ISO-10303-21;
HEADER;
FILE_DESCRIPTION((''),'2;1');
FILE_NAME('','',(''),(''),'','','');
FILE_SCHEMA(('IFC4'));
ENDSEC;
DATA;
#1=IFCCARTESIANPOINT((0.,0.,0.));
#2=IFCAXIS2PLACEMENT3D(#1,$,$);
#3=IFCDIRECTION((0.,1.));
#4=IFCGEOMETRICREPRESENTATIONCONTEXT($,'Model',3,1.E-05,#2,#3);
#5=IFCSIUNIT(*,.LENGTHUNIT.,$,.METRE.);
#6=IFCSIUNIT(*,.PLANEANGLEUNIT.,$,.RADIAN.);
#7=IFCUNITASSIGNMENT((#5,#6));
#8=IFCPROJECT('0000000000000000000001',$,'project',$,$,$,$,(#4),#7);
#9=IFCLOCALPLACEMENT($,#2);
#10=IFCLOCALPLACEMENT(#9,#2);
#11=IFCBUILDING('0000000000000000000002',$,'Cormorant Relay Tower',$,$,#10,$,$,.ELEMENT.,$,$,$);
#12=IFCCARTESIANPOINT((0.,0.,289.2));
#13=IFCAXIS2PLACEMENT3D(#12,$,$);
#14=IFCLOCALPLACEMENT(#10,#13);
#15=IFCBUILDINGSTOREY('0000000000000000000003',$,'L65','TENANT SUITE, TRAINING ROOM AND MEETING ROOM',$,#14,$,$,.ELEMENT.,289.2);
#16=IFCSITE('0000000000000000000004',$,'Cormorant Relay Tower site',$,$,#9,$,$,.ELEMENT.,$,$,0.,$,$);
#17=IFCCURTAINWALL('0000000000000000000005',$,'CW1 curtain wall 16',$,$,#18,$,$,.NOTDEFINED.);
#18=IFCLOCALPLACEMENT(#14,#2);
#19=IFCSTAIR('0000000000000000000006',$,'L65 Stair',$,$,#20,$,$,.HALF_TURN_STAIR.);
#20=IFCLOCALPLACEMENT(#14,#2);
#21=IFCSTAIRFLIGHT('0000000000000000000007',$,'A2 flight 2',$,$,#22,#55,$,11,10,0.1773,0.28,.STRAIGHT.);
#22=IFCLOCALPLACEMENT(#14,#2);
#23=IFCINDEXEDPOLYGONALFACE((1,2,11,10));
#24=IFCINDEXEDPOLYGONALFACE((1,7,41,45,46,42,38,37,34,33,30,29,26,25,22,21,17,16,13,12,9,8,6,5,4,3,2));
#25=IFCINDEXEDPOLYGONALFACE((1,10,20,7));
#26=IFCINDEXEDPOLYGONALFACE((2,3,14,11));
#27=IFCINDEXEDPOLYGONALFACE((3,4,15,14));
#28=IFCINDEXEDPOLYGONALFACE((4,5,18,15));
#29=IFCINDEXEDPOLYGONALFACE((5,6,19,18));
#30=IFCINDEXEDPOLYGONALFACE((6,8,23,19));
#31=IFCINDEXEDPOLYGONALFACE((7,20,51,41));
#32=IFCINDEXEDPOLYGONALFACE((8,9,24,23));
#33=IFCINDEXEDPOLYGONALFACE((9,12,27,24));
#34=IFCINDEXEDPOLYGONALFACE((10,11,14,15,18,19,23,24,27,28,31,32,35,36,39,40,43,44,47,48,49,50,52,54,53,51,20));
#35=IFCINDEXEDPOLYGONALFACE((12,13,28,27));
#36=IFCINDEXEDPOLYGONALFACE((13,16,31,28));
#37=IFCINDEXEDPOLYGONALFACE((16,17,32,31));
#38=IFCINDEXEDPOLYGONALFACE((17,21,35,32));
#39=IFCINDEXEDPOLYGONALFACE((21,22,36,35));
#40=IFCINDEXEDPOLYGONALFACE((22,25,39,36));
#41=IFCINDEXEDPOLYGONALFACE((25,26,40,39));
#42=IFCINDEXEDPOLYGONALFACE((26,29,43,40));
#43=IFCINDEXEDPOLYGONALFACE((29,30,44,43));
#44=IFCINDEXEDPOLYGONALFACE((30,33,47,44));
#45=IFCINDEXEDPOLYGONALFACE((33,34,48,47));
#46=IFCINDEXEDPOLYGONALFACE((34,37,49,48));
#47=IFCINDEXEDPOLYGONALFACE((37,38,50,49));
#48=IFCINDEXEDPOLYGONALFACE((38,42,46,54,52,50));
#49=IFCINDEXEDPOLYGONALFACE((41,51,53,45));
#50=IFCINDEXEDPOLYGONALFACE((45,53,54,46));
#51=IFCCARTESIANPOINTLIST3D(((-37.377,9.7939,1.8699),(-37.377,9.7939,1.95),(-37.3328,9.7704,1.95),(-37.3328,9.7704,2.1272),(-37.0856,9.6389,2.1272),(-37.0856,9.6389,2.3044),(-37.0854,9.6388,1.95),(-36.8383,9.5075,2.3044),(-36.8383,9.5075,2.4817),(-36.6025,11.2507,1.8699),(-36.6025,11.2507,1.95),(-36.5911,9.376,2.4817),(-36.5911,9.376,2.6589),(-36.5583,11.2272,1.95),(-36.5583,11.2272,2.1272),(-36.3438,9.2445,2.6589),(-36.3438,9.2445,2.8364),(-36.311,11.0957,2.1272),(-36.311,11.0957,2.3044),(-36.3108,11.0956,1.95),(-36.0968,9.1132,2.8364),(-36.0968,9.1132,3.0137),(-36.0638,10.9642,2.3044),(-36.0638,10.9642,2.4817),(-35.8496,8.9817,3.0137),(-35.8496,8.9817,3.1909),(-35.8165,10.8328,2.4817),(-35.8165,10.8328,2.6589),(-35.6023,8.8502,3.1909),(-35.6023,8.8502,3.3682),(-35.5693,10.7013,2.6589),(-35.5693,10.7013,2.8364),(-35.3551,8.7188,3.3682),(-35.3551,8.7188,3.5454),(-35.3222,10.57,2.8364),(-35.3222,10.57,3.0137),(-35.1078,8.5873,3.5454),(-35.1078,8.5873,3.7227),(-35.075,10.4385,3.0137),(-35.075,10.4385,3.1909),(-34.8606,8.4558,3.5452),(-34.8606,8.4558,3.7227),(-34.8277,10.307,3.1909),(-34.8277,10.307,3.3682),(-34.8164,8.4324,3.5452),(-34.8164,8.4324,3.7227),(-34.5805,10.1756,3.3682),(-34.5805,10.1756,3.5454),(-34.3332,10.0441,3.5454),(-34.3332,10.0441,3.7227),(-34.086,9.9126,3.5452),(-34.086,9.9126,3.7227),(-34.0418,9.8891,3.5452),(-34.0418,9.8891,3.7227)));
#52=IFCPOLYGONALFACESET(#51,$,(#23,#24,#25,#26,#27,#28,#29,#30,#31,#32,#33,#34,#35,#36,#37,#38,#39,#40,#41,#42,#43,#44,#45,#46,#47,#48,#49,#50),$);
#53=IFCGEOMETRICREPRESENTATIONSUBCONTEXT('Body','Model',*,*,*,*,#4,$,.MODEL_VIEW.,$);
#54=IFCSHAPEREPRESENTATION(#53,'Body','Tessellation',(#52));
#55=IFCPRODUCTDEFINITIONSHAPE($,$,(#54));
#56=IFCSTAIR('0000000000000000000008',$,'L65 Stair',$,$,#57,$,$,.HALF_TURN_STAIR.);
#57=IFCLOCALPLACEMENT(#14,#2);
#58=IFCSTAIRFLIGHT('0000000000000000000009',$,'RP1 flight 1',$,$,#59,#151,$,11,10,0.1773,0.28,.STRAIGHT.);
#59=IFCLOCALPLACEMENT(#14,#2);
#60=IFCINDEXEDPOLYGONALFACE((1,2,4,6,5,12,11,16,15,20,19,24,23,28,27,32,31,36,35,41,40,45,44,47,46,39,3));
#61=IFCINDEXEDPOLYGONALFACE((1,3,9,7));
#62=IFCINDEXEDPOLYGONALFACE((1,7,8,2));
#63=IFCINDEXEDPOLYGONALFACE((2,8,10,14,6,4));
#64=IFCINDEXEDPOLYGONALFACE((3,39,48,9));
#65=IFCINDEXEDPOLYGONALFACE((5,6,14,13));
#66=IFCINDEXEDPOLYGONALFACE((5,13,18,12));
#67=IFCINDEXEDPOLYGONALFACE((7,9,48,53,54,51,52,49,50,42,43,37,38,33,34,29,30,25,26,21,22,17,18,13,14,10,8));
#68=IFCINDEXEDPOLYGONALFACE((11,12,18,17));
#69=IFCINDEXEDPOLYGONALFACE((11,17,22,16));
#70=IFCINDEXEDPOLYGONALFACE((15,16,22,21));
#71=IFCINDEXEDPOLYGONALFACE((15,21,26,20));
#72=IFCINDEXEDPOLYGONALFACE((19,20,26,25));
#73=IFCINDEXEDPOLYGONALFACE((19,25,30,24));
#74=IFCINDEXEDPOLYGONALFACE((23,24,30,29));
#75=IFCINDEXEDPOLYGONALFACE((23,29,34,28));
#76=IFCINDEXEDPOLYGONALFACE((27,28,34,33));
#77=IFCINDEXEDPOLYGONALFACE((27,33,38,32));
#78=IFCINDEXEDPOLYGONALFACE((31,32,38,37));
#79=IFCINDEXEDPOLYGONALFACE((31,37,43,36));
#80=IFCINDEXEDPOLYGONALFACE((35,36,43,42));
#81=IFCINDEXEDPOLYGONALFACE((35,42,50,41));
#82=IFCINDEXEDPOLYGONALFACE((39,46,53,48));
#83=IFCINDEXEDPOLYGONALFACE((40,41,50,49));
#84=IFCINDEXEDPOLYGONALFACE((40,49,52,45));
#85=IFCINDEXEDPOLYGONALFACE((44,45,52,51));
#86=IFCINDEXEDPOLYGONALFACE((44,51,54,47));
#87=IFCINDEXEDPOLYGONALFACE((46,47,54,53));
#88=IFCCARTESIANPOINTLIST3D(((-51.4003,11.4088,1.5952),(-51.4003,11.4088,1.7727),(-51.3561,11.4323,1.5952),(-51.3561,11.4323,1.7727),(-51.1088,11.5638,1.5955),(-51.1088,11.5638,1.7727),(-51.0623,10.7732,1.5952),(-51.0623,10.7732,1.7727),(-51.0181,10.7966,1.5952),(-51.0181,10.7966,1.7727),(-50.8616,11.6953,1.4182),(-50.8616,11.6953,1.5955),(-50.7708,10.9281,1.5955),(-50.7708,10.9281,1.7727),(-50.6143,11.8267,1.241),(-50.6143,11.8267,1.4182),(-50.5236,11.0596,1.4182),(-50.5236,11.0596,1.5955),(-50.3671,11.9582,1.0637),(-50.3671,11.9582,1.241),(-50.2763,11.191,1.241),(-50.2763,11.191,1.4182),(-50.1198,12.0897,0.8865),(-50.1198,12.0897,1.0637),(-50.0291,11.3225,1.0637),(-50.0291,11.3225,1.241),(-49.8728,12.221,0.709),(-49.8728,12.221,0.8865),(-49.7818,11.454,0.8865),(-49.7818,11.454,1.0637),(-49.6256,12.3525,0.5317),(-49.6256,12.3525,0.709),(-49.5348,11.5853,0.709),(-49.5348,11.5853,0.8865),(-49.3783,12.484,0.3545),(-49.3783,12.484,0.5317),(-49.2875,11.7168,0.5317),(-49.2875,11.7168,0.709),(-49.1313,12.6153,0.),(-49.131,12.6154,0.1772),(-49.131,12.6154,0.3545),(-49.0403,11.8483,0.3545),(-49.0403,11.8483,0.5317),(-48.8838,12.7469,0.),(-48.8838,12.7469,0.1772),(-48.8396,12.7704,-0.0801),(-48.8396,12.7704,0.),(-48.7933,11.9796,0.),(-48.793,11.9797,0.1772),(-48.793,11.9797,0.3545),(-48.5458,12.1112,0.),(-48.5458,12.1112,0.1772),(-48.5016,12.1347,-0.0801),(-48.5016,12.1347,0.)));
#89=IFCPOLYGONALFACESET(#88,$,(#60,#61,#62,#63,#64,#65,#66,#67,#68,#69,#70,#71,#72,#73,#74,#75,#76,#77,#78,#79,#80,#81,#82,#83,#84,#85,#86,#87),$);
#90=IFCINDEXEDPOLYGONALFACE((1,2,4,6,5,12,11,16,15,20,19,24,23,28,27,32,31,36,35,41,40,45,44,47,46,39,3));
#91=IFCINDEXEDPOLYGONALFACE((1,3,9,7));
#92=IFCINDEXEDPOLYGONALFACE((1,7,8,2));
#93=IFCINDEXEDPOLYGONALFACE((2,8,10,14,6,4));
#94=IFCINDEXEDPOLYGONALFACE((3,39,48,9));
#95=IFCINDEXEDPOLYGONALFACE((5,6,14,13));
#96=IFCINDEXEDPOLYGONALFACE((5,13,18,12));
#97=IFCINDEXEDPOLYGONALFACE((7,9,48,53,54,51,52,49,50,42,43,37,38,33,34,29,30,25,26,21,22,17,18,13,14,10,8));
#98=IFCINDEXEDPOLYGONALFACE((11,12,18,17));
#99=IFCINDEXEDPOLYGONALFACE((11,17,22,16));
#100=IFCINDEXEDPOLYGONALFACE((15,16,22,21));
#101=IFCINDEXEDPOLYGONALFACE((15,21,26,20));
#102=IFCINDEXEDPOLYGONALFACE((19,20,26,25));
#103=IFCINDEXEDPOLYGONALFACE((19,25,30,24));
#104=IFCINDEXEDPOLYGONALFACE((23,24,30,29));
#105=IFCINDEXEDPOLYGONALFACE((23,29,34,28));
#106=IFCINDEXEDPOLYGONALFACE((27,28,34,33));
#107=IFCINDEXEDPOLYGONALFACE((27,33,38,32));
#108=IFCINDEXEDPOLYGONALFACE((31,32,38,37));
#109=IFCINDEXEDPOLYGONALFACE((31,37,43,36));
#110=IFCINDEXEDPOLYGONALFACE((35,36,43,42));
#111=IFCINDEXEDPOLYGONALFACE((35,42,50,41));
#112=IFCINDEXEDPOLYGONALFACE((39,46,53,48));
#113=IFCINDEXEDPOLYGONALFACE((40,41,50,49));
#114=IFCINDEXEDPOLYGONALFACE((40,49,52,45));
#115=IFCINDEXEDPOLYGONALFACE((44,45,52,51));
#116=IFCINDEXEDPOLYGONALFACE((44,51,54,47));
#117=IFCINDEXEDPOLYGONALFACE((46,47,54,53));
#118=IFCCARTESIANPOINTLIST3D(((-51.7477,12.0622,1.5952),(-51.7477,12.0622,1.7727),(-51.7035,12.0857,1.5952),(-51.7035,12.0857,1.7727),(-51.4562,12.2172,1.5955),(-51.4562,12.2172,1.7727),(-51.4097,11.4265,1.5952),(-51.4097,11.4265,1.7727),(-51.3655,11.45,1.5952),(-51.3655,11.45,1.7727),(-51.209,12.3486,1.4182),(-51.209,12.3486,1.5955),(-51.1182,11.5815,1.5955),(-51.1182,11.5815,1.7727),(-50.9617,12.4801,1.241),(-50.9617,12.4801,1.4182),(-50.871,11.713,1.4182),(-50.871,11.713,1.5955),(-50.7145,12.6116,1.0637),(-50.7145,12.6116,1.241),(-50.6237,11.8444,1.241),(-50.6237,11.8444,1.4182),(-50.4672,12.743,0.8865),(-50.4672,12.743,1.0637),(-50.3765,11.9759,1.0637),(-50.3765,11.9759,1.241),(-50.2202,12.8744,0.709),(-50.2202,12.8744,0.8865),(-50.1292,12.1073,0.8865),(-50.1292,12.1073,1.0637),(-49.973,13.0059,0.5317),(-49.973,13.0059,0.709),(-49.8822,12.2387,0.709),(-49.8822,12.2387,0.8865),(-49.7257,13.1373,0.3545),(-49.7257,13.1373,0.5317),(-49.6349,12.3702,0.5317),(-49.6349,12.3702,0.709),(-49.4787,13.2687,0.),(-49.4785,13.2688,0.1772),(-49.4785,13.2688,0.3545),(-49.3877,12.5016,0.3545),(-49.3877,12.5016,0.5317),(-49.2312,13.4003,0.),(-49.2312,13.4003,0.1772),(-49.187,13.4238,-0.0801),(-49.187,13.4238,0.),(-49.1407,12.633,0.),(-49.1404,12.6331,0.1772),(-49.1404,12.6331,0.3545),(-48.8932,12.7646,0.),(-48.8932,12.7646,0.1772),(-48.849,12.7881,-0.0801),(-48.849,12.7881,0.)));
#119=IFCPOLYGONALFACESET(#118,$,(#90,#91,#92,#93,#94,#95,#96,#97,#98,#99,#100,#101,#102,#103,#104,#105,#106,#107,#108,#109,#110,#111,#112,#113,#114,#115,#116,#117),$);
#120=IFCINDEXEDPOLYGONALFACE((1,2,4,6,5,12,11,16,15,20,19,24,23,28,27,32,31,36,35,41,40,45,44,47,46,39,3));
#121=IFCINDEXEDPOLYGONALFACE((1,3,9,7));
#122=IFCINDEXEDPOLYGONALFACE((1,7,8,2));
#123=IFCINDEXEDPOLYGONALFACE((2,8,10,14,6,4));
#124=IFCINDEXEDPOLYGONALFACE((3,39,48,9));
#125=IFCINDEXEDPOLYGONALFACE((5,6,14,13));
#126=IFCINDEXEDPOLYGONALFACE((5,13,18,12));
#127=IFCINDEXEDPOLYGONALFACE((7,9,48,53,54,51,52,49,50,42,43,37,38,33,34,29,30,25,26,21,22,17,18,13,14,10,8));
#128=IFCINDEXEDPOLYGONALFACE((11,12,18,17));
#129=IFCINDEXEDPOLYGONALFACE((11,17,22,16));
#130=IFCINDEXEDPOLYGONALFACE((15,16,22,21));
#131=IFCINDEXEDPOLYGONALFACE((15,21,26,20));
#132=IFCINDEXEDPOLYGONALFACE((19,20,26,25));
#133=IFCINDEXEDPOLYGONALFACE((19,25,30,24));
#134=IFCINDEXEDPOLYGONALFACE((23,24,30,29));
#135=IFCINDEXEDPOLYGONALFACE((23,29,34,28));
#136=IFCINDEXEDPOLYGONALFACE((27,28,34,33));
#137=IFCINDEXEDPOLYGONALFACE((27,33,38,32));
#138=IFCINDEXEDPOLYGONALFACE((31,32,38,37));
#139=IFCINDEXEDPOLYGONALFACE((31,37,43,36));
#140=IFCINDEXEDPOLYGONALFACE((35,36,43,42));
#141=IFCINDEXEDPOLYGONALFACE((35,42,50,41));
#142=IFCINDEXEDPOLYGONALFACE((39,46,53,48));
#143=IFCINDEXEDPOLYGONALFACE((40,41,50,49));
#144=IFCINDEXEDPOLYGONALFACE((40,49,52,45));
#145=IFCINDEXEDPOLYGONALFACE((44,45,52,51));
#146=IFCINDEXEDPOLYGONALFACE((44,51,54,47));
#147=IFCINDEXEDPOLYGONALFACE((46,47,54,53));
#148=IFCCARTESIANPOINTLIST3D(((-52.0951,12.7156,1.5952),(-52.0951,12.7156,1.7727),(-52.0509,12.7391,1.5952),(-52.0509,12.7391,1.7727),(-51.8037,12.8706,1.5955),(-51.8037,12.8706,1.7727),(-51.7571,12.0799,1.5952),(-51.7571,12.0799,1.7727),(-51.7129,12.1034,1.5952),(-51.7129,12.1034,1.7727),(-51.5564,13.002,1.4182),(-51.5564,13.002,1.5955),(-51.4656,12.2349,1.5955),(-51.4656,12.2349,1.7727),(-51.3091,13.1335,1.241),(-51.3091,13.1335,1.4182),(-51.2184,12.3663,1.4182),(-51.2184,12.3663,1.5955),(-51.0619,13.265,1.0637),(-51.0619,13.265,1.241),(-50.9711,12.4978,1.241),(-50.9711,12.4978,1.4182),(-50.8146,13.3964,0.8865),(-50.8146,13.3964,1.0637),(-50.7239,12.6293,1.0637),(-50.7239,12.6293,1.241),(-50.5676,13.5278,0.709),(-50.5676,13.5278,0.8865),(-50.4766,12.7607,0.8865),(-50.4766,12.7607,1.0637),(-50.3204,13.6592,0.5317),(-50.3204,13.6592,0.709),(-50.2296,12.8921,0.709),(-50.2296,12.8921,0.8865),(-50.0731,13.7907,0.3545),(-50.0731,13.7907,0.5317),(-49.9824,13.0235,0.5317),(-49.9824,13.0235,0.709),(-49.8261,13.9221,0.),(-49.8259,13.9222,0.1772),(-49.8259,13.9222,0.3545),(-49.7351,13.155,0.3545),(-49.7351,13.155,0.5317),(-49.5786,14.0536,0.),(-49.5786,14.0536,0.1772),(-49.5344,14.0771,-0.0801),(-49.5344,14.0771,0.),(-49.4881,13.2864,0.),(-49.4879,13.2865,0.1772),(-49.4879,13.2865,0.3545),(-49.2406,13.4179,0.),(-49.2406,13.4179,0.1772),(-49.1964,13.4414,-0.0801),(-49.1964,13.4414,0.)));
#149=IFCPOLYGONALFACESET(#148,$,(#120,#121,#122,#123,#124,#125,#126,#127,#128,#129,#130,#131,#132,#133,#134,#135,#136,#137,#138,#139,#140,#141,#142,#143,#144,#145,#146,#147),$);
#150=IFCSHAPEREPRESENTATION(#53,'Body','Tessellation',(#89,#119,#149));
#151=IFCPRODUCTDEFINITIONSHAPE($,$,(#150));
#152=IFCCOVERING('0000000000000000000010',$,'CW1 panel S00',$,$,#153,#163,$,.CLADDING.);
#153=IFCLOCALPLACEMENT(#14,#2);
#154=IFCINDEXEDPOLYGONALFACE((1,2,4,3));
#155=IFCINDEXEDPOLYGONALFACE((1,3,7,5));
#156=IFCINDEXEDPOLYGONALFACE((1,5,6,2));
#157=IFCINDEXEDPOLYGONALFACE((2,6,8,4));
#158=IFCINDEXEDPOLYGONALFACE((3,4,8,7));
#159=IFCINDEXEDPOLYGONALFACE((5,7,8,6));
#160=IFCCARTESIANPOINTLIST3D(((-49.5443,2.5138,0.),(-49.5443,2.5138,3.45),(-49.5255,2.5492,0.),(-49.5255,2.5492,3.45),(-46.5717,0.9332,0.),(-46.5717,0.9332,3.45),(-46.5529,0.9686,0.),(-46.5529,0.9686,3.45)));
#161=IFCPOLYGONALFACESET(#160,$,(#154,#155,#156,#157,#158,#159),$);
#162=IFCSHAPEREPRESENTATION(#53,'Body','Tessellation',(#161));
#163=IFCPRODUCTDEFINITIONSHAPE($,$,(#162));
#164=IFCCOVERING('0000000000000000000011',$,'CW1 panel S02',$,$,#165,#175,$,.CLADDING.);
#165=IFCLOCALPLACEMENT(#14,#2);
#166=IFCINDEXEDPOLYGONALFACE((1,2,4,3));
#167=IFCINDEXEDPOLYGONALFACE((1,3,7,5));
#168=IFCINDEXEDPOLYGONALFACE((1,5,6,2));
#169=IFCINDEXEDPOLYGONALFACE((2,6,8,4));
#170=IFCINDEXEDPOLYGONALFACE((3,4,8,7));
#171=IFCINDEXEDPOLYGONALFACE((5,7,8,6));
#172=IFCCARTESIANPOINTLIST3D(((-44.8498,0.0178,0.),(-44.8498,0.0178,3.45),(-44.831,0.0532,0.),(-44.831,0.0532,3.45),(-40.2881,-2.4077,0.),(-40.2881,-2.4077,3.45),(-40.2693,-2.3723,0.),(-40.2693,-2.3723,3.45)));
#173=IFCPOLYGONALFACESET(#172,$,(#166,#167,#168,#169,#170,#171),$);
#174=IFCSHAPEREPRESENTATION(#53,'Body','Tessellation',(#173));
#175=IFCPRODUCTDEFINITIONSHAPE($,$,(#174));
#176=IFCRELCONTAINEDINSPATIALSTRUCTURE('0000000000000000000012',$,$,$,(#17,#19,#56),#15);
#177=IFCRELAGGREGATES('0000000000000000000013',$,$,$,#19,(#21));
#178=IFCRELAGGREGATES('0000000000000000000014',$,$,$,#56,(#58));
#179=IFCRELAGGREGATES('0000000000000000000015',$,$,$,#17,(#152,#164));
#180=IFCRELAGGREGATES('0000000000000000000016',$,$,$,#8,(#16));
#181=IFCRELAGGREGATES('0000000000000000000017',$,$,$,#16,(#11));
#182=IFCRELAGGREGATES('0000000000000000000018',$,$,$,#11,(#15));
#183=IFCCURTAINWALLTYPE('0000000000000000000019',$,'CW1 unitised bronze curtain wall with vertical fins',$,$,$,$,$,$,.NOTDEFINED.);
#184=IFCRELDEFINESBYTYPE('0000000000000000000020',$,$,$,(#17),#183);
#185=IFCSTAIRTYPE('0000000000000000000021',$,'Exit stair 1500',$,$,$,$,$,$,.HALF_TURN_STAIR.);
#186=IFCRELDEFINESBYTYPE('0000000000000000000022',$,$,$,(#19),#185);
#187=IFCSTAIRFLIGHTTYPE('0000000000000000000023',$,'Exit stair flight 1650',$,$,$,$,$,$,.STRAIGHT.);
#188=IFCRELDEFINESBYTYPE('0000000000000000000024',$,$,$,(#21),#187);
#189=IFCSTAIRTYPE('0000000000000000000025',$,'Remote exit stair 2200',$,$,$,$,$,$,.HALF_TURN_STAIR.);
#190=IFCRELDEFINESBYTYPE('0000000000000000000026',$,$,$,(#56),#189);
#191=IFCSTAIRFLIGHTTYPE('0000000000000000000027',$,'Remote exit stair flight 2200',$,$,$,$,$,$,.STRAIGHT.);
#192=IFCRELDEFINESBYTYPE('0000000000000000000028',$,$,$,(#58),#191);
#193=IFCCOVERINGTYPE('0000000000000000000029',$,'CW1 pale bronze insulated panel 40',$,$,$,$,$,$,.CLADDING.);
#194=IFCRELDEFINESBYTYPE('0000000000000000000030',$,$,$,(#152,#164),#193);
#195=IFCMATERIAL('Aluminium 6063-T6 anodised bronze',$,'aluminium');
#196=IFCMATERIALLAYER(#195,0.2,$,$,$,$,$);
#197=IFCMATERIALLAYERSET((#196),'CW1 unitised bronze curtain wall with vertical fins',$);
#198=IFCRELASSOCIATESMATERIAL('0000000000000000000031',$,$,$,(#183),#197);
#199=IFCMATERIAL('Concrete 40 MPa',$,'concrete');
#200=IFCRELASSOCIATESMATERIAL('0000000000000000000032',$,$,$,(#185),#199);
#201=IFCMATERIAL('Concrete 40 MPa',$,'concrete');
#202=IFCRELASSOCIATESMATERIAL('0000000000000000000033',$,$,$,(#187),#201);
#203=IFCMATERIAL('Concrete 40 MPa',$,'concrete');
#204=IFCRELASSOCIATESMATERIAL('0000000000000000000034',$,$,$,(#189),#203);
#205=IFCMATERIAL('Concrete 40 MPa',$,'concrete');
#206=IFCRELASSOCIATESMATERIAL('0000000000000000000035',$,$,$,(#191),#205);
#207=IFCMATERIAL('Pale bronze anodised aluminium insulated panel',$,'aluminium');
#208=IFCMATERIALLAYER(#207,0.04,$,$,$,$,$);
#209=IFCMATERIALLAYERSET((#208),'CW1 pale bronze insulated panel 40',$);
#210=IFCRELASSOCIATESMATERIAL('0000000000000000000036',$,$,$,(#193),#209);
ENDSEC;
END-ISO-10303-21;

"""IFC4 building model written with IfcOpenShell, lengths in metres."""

from ifc_helpers import new_model, si_unit, direction, frame, origin, origin_2d, place, context, subcontext, project, spatial, polyline, rectangle, outline, extrude, material, layer, layer_set, type_object, element, aggregate, save


model = new_model("IFC4")

# Units and contexts
model_context = context("Model", 3, precision=1e-05, world=origin(), true_north=direction((0.0, 1.0)))
body_context = subcontext(model_context, "Body", "Model", "MODEL_VIEW")
ifc_project = project(units=[si_unit("LENGTHUNIT", "METRE"), si_unit("PLANEANGLEUNIT", "RADIAN")], contexts=[model_context])

# Site, building, storey
site_placement = place(None, origin())
site = spatial("IfcSite", under=ifc_project, at=site_placement, Name="Cormorant Relay Tower site", CompositionType="ELEMENT", RefElevation=0.0)
building_placement = place(site_placement, origin())
building = spatial("IfcBuilding", under=site, at=building_placement, Name="Cormorant Relay Tower", CompositionType="ELEMENT")
storey_placement = place(building_placement, frame((0.0, 0.0, 289.2)))
storey = spatial("IfcBuildingStorey", under=building, at=storey_placement, Name="L65", Description="TENANT SUITE, TRAINING ROOM AND MEETING ROOM", CompositionType="ELEMENT", Elevation=289.2)

# Curtain wall
ifc_material_1 = material(Name="Aluminium 6063-T6 anodised bronze", Category="aluminium")
ifc_layer_1 = layer(ifc_material_1, 0.2)
ifc_layer_set_1 = layer_set([ifc_layer_1], Name="CW1 unitised bronze curtain wall with vertical fins")
curtain_wall_type = type_object("IfcCurtainWallType", Name="CW1 unitised bronze curtain wall with vertical fins", PredefinedType="NOTDEFINED", material=ifc_layer_set_1)
curtain_wall_placement = place(storey_placement, origin())
curtain_wall = element("IfcCurtainWall", 1, at=curtain_wall_placement, inside=storey, type_object=curtain_wall_type, Name="CW1 curtain wall 16", PredefinedType="NOTDEFINED")

# Stairs, stair flights
ifc_material_2 = material(Name="Concrete 40 MPa", Category="concrete")
stair_type_1 = type_object("IfcStairType", Name="Exit stair 1500", PredefinedType="HALF_TURN_STAIR", material=ifc_material_2)
stair_1_placement = place(storey_placement, origin())
stair_1 = element("IfcStair", 2, at=stair_1_placement, inside=storey, type_object=stair_type_1, Name="L65 Stair", PredefinedType="HALF_TURN_STAIR")
ifc_material_3 = material(Name="Concrete 40 MPa", Category="concrete")
stair_flight_type_1 = type_object("IfcStairFlightType", Name="Exit stair flight 1650", PredefinedType="STRAIGHT", material=ifc_material_3)
stair_flight_1_placement = place(storey_placement, frame((-36.9456, 10.4988, 1.95), z_axis=(0.0, 0.0, 1.0), x_axis=(0.882948, -0.469472, 0.0)))
stair_flight_1 = element("IfcStairFlight", 3, at=stair_flight_1_placement, type_object=stair_flight_type_1, Name="A2 flight 2", NumberOfRisers=11, NumberOfTreads=10, PredefinedType="STRAIGHT", RiserHeight=0.1773, TreadLength=0.28, context=body_context, shape_type="SweptSolid", body=[
    extrude(outline(polyline([(-0.05, -0.0801), (-0.05, 0.0), (0.0, 0.0), (0.0, 0.1772), (0.28, 0.1772), (0.28, 0.3545), (0.5601, 0.3545), (0.5601, 0.5317), (0.8401, 0.5317), (0.8401, 0.709), (1.1201, 0.709), (1.1201, 0.8865), (1.3999, 0.8865), (1.3999, 1.0637), (1.6799, 1.0637), (1.6799, 1.241), (1.96, 1.241), (1.96, 1.4182), (2.24, 1.4182), (2.24, 1.5955), (2.52, 1.5955), (2.52, 1.7727), (2.8, 1.7727), (2.8501, 1.7727), (2.8501, 1.5952), (2.8, 1.5952), (0.2803, 0.0), (-0.05, -0.0801)])), frame((0.0, 0.825, 0.0), z_axis=(0.0, -1.0, 0.0), x_axis=(1.0, 0.0, 0.0)), (0.0, 0.0, 1.0), 1.6499),
])
aggregate(stair_1, [stair_flight_1])
ifc_material_4 = material(Name="Concrete 40 MPa", Category="concrete")
stair_type_2 = type_object("IfcStairType", Name="Remote exit stair 2200", PredefinedType="HALF_TURN_STAIR", material=ifc_material_4)
stair_2_placement = place(storey_placement, origin())
stair_2 = element("IfcStair", 4, at=stair_2_placement, inside=storey, type_object=stair_type_2, Name="L65 Stair", PredefinedType="HALF_TURN_STAIR")
ifc_material_5 = material(Name="Concrete 40 MPa", Category="concrete")
stair_flight_type_2 = type_object("IfcStairFlightType", Name="Remote exit stair flight 2200", PredefinedType="STRAIGHT", material=ifc_material_5)
stair_flight_2_placement = place(storey_placement, frame((-49.0623, 13.0825, 0.0), z_axis=(0.0, 0.0, 1.0), x_axis=(-0.882948, -0.469472, 0.0)))
stair_flight_2 = element("IfcStairFlight", 5, at=stair_flight_2_placement, type_object=stair_flight_type_2, Name="RP1 flight 1", NumberOfRisers=11, NumberOfTreads=10, PredefinedType="STRAIGHT", RiserHeight=0.1773, TreadLength=0.28, context=body_context, shape_type="SweptSolid", body=[
    extrude(outline(polyline([(-0.05, -0.0801), (-0.05, 0.0), (0.0, 0.0), (0.0, 0.1772), (0.28, 0.1772), (0.28, 0.3545), (0.5601, 0.3545), (0.5601, 0.5317), (0.8401, 0.5317), (0.8401, 0.709), (1.1201, 0.709), (1.1201, 0.8865), (1.3999, 0.8865), (1.3999, 1.0637), (1.6799, 1.0637), (1.6799, 1.241), (1.96, 1.241), (1.96, 1.4182), (2.24, 1.4182), (2.24, 1.5955), (2.52, 1.5955), (2.52, 1.7727), (2.8, 1.7727), (2.8501, 1.7727), (2.8501, 1.5952), (2.8, 1.5952), (0.2803, 0.0), (-0.05, -0.0801)])), frame((0.0, 1.1001, 0.0), z_axis=(0.0, -1.0, 0.0), x_axis=(1.0, 0.0, 0.0)), (0.0, 0.0, 1.0), 0.72),
    extrude(outline(polyline([(-0.05, -0.0801), (-0.05, 0.0), (0.0, 0.0), (0.0, 0.1772), (0.28, 0.1772), (0.28, 0.3545), (0.5601, 0.3545), (0.5601, 0.5317), (0.8401, 0.5317), (0.8401, 0.709), (1.1201, 0.709), (1.1201, 0.8865), (1.3999, 0.8865), (1.3999, 1.0637), (1.6799, 1.0637), (1.6799, 1.241), (1.96, 1.241), (1.96, 1.4182), (2.24, 1.4182), (2.24, 1.5955), (2.52, 1.5955), (2.52, 1.7727), (2.8, 1.7727), (2.8501, 1.7727), (2.8501, 1.5952), (2.8, 1.5952), (0.2803, 0.0), (-0.05, -0.0801)])), frame((0.0, 0.3601, 0.0), z_axis=(0.0, -1.0, 0.0), x_axis=(1.0, 0.0, 0.0)), (0.0, 0.0, 1.0), 0.72),
    extrude(outline(polyline([(-0.05, -0.0801), (-0.05, 0.0), (0.0, 0.0), (0.0, 0.1772), (0.28, 0.1772), (0.28, 0.3545), (0.5601, 0.3545), (0.5601, 0.5317), (0.8401, 0.5317), (0.8401, 0.709), (1.1201, 0.709), (1.1201, 0.8865), (1.3999, 0.8865), (1.3999, 1.0637), (1.6799, 1.0637), (1.6799, 1.241), (1.96, 1.241), (1.96, 1.4182), (2.24, 1.4182), (2.24, 1.5955), (2.52, 1.5955), (2.52, 1.7727), (2.8, 1.7727), (2.8501, 1.7727), (2.8501, 1.5952), (2.8, 1.5952), (0.2803, 0.0), (-0.05, -0.0801)])), frame((0.0, -0.3799, 0.0), z_axis=(0.0, -1.0, 0.0), x_axis=(1.0, 0.0, 0.0)), (0.0, 0.0, 1.0), 0.72),
])
aggregate(stair_2, [stair_flight_2])

# Coverings
ifc_material_6 = material(Name="Pale bronze anodised aluminium insulated panel", Category="aluminium")
ifc_layer_2 = layer(ifc_material_6, 0.04)
ifc_layer_set_2 = layer_set([ifc_layer_2], Name="CW1 pale bronze insulated panel 40")
covering_type = type_object("IfcCoveringType", Name="CW1 pale bronze insulated panel 40", PredefinedType="CLADDING", material=ifc_layer_set_2)
covering_1_placement = place(storey_placement, frame((-48.0486, 1.7412, 0.0), z_axis=(0.0, 0.0, 1.0), x_axis=(0.882948, -0.469472, 0.0)))
covering_1 = element("IfcCovering", 6, at=covering_1_placement, type_object=covering_type, Name="CW1 panel S00", PredefinedType="CLADDING", context=body_context, shape_type="SweptSolid", body=[
    extrude(rectangle(XDim=3.3667, YDim=0.04, at=origin_2d()), origin(), (0.0, 0.0, 1.0), 3.45),
])
covering_2_placement = place(storey_placement, frame((-42.5596, -1.1772, 0.0), z_axis=(0.0, 0.0, 1.0), x_axis=(0.882948, -0.469472, 0.0)))
covering_2 = element("IfcCovering", 7, at=covering_2_placement, type_object=covering_type, Name="CW1 panel S02", PredefinedType="CLADDING", context=body_context, shape_type="SweptSolid", body=[
    extrude(rectangle(XDim=5.1665, YDim=0.04, at=origin_2d()), origin(), (0.0, 0.0, 1.0), 3.45),
])
aggregate(curtain_wall, [covering_1, covering_2])

save(model, "model.ifc")
